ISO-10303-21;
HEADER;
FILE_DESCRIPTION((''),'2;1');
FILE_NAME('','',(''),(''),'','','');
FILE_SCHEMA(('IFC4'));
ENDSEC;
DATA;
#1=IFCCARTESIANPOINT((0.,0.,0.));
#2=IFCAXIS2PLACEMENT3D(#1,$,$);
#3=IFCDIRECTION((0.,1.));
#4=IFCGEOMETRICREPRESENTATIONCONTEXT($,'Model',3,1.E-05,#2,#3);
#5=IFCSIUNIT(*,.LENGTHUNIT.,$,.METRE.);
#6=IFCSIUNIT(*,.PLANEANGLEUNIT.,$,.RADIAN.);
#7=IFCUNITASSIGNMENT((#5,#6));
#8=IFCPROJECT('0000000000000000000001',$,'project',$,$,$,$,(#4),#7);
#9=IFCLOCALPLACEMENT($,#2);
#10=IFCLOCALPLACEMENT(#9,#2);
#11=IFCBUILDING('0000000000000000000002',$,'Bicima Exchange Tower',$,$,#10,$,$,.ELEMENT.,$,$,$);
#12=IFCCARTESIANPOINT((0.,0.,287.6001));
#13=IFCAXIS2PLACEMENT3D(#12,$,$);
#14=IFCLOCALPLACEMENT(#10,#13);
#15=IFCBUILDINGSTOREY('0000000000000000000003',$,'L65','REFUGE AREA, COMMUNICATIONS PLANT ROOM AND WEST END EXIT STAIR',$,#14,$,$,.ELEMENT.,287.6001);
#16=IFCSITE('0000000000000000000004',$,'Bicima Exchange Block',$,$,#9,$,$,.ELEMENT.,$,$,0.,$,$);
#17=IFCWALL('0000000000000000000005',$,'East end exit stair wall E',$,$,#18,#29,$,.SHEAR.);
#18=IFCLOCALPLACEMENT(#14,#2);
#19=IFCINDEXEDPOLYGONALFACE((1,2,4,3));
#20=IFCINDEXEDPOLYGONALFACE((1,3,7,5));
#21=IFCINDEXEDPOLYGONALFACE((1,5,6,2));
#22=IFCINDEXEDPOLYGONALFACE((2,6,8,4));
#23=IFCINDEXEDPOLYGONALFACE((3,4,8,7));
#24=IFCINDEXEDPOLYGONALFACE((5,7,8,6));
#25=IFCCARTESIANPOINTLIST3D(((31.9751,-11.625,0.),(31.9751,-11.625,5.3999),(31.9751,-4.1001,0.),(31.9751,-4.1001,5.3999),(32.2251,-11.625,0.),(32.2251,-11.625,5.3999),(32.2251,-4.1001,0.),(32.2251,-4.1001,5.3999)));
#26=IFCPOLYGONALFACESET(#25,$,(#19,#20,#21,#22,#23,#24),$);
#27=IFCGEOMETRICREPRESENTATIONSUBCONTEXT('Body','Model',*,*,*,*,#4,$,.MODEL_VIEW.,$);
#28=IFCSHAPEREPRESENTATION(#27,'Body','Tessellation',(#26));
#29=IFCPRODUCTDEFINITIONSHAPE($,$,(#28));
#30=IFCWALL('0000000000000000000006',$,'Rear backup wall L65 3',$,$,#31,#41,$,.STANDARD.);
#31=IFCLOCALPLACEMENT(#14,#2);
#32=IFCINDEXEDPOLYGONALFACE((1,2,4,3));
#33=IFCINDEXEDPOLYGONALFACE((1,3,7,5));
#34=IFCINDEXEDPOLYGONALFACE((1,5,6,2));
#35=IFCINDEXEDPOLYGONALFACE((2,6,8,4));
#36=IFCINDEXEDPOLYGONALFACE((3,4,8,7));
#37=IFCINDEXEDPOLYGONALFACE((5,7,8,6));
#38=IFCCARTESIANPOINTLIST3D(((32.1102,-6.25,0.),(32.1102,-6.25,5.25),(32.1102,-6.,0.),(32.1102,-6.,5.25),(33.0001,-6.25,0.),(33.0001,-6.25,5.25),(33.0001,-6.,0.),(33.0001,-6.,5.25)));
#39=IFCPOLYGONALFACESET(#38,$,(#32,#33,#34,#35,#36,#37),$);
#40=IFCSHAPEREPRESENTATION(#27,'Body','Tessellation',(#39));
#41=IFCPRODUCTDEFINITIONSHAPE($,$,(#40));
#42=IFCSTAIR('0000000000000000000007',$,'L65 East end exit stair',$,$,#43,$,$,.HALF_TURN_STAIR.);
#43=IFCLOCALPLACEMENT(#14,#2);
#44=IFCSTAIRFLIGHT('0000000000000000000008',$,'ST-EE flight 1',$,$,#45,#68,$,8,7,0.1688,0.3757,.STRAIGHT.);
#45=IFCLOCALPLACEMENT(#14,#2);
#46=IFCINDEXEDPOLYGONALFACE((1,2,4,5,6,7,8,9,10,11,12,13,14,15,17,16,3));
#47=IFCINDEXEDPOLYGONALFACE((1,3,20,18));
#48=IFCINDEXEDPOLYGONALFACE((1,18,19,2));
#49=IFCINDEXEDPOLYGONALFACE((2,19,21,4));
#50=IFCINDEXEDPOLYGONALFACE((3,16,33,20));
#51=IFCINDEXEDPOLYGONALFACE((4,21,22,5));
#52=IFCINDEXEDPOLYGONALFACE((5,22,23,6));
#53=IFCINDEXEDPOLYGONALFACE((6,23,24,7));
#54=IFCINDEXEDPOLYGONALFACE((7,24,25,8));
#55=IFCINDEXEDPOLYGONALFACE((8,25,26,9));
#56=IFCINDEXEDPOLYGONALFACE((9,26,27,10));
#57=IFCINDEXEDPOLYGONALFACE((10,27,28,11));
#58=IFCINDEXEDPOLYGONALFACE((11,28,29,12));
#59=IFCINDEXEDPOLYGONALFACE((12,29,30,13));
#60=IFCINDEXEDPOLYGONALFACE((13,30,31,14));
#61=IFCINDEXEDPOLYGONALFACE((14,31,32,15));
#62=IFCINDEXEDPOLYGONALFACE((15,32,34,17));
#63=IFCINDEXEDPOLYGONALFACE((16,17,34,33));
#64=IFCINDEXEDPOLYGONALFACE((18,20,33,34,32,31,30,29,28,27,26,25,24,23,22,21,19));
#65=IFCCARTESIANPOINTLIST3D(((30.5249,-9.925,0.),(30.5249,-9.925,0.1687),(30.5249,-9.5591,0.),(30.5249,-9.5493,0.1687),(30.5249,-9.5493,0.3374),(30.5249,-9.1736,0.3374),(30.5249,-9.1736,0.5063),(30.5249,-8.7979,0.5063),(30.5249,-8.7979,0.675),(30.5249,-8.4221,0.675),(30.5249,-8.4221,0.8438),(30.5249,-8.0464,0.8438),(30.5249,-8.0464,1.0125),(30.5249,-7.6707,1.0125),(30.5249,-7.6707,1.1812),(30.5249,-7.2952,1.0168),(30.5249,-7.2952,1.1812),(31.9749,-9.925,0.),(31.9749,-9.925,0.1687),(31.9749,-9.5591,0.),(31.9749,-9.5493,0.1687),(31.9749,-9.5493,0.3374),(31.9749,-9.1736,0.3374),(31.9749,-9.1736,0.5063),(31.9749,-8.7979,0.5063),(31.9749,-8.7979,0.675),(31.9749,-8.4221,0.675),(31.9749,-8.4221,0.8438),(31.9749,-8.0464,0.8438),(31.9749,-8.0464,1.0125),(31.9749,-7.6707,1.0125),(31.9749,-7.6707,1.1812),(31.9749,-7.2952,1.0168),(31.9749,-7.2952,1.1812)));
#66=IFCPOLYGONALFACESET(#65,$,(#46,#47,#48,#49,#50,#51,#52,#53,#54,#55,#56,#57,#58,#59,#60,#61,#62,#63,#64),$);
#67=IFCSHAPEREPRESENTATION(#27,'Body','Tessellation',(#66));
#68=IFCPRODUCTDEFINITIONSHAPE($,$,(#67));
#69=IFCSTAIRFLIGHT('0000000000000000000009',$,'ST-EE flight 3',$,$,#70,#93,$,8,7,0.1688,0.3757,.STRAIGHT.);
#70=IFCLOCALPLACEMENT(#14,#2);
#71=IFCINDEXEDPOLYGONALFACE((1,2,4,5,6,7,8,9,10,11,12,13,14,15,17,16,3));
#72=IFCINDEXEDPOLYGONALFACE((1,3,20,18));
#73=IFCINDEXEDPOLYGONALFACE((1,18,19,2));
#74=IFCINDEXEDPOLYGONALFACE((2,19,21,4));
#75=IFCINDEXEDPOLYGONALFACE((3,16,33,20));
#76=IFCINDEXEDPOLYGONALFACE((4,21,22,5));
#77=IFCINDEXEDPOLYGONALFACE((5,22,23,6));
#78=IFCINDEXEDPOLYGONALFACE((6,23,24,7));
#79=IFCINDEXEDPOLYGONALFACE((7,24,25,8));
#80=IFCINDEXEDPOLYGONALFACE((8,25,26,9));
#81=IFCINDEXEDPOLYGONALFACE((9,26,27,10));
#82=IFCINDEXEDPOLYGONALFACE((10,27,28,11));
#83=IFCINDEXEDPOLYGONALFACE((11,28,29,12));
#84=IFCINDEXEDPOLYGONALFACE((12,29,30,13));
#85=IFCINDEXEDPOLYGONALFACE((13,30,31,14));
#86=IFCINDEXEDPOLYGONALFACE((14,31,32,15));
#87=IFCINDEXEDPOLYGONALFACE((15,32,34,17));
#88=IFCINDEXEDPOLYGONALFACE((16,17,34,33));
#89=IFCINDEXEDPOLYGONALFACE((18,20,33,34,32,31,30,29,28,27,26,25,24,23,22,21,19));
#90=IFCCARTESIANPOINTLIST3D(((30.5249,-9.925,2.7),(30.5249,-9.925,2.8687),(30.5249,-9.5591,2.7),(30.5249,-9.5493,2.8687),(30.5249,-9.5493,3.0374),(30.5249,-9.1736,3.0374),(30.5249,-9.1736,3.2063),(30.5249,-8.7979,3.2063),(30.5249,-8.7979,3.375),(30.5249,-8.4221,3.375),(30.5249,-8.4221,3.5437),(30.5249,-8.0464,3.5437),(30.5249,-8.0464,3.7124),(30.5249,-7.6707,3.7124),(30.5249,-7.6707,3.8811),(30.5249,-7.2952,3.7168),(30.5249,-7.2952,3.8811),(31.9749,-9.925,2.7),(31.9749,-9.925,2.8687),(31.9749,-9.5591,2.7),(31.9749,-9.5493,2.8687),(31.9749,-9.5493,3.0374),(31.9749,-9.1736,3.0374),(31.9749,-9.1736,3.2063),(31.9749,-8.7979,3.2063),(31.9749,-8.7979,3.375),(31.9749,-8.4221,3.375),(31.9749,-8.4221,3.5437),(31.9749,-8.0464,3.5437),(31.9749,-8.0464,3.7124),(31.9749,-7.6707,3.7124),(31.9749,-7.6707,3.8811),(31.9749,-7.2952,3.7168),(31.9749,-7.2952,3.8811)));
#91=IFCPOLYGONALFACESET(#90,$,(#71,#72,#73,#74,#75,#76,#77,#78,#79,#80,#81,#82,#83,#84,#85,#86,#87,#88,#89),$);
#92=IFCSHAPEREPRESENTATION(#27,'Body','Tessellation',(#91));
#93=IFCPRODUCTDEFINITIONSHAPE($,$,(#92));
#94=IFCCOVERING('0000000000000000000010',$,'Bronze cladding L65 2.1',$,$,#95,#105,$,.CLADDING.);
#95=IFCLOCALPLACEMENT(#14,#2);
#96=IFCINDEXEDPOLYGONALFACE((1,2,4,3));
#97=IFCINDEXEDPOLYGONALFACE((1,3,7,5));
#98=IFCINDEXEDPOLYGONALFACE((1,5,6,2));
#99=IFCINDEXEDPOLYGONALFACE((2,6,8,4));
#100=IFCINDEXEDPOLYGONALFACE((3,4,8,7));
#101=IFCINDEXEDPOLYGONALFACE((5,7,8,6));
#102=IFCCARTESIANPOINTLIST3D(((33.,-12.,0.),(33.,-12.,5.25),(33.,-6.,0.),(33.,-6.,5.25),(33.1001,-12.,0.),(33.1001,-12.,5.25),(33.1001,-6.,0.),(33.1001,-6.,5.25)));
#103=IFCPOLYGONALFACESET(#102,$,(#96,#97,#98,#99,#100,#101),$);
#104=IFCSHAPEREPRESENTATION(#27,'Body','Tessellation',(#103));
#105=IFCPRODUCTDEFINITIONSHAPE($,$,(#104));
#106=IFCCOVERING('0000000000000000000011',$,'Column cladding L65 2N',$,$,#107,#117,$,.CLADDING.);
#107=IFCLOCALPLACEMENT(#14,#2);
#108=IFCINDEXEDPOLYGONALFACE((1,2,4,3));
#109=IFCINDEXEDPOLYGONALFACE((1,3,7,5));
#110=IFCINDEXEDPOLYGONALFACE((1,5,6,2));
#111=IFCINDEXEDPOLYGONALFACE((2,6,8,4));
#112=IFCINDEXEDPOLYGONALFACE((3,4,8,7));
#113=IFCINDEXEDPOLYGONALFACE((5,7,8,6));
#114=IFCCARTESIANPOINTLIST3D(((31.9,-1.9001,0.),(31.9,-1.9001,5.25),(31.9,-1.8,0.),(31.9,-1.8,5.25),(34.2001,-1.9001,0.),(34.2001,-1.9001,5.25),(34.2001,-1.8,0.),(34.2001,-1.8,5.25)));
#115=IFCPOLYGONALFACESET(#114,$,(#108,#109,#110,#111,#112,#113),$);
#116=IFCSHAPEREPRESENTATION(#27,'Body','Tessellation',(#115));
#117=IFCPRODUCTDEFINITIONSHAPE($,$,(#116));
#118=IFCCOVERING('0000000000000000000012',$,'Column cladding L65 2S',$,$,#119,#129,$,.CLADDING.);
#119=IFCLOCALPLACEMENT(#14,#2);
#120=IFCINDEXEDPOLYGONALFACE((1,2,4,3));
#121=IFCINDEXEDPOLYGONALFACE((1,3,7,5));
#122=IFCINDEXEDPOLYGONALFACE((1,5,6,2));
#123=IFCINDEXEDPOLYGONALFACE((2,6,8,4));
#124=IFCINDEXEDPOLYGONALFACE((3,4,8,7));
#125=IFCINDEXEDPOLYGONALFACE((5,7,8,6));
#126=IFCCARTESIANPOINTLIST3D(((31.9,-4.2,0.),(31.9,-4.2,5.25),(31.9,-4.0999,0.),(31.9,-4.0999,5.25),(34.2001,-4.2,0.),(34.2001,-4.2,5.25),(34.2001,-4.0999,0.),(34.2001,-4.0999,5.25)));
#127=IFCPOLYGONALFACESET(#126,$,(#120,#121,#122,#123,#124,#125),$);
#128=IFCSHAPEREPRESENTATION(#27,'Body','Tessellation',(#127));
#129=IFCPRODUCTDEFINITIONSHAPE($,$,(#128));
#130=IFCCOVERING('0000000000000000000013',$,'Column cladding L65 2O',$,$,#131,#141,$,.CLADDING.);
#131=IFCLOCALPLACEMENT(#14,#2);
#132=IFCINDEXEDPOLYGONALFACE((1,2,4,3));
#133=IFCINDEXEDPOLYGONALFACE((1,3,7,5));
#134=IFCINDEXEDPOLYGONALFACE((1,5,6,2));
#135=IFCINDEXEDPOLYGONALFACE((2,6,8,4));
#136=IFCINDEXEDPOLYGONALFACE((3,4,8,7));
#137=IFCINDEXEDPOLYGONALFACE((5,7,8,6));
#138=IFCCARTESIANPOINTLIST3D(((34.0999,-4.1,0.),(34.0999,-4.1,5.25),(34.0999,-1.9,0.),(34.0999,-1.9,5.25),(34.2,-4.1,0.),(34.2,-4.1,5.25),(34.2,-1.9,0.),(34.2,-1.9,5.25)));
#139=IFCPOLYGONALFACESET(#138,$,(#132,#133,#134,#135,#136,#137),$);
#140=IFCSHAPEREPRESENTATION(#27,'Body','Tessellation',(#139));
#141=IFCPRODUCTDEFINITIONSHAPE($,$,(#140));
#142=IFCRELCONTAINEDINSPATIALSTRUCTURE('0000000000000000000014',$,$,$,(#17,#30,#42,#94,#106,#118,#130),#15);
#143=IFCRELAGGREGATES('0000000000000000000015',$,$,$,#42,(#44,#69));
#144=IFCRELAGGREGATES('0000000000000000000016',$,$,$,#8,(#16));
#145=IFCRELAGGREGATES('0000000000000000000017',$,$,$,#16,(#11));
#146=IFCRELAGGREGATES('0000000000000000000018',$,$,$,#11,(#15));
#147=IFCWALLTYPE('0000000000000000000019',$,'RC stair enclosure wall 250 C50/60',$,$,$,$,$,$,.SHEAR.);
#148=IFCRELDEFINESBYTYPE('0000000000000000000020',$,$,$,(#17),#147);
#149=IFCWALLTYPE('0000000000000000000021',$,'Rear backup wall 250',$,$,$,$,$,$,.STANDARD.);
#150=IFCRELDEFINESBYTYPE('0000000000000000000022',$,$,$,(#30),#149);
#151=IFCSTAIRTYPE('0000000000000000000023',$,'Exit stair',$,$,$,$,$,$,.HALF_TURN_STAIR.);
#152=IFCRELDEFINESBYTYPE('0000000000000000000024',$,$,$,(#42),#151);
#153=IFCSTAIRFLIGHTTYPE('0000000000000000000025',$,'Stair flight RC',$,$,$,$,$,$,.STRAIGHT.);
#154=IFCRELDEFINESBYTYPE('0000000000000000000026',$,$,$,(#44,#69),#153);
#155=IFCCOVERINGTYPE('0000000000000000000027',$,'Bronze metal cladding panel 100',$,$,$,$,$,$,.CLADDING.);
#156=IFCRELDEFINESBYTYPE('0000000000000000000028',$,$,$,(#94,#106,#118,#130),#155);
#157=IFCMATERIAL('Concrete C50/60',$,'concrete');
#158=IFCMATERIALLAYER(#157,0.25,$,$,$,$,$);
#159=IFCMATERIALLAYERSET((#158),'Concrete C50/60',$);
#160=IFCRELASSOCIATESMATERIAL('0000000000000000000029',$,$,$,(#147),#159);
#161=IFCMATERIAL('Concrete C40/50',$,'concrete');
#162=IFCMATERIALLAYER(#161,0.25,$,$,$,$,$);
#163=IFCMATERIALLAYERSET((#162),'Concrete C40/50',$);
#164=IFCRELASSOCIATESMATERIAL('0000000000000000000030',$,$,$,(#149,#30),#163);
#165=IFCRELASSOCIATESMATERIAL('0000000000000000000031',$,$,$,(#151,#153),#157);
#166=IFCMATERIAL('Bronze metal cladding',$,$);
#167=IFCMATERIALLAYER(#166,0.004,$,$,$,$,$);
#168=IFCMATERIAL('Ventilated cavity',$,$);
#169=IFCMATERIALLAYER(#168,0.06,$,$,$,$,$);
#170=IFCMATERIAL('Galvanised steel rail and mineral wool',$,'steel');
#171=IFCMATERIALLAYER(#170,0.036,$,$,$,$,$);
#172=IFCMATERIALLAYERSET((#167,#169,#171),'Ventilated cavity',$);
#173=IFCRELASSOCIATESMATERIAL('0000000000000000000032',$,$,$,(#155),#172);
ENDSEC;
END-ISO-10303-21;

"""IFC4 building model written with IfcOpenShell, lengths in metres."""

from ifc_helpers import new_model, si_unit, direction, frame, frame_2d, origin, origin_2d, place, context, subcontext, project, spatial, polyline, rectangle, outline, extrude, material, layer, layer_set, layer_usage, type_object, element, aggregate, save


model = new_model("IFC4")

# Units and contexts
model_context = context("Model", 3, precision=1e-05, world=origin(), true_north=direction((0.0, 1.0)))
body_context = subcontext(model_context, "Body", "Model", "MODEL_VIEW")
ifc_project = project(units=[si_unit("LENGTHUNIT", "METRE"), si_unit("PLANEANGLEUNIT", "RADIAN")], contexts=[model_context])

# Site, building, storey
site_placement = place(None, origin())
site = spatial("IfcSite", under=ifc_project, at=site_placement, Name="Bicima Exchange Block", CompositionType="ELEMENT", RefElevation=0.0)
building_placement = place(site_placement, origin())
building = spatial("IfcBuilding", under=site, at=building_placement, Name="Bicima Exchange Tower", CompositionType="ELEMENT")
storey_placement = place(building_placement, frame((0.0, 0.0, 287.6001)))
storey = spatial("IfcBuildingStorey", under=building, at=storey_placement, Name="L65", Description="REFUGE AREA, COMMUNICATIONS PLANT ROOM AND WEST END EXIT STAIR", CompositionType="ELEMENT", Elevation=287.6001)

# Walls
ifc_material_1 = material(Name="Concrete C50/60", Category="concrete")
ifc_layer_1 = layer(ifc_material_1, 0.25)
ifc_layer_set_1 = layer_set([ifc_layer_1], Name="Concrete C50/60")
wall_type_1 = type_object("IfcWallType", Name="RC stair enclosure wall 250 C50/60", PredefinedType="SHEAR", material=ifc_layer_set_1)
wall_1_placement = place(storey_placement, frame((32.1001, -11.625, 0.0), z_axis=(0.0, 0.0, 1.0), x_axis=(0.0, 1.0, 0.0)))
element("IfcWall", 1, at=wall_1_placement, inside=storey, type_object=wall_type_1, Name="East end exit stair wall E", PredefinedType="SHEAR", context=body_context, shape_type="SweptSolid", body=[
    extrude(rectangle(XDim=7.5249, YDim=0.25, at=frame_2d((3.7625, 0.0))), origin(), (0.0, 0.0, 1.0), 5.3999),
])
ifc_material_2 = material(Name="Concrete C40/50", Category="concrete")
ifc_layer_2 = layer(ifc_material_2, 0.25)
ifc_layer_set_2 = layer_set([ifc_layer_2], Name="Concrete C40/50")
ifc_layer_usage = layer_usage(ifc_layer_set_2, "AXIS2", "POSITIVE", -0.125)
wall_type_2 = type_object("IfcWallType", Name="Rear backup wall 250", PredefinedType="STANDARD", material=ifc_layer_set_2)
wall_2_placement = place(storey_placement, frame((33.0, -6.125, 0.0), z_axis=(0.0, 0.0, 1.0), x_axis=(-1.0, 0.0, 0.0)))
element("IfcWall", 2, at=wall_2_placement, inside=storey, type_object=wall_type_2, material=ifc_layer_usage, Name="Rear backup wall L65 3", PredefinedType="STANDARD", context=body_context, shape_type="SweptSolid", body=[
    extrude(rectangle(XDim=0.8899, YDim=0.25, at=frame_2d((0.4448, 0.0))), origin(), (0.0, 0.0, 1.0), 5.25),
])

# Stair, stair flights
stair_type = type_object("IfcStairType", Name="Exit stair", PredefinedType="HALF_TURN_STAIR", material=ifc_material_1)
stair_placement = place(storey_placement, origin())
stair = element("IfcStair", 3, at=stair_placement, inside=storey, type_object=stair_type, Name="L65 East end exit stair", PredefinedType="HALF_TURN_STAIR")
stair_flight_type = type_object("IfcStairFlightType", Name="Stair flight RC", PredefinedType="STRAIGHT", material=ifc_material_1)
stair_flight_1_placement = place(storey_placement, frame((31.25, -9.925, 0.0), z_axis=(0.0, 0.0, 1.0), x_axis=(0.0, 1.0, 0.0)))
stair_flight_1 = element("IfcStairFlight", 4, at=stair_flight_1_placement, type_object=stair_flight_type, Name="ST-EE flight 1", NumberOfRisers=8, NumberOfTreads=7, PredefinedType="STRAIGHT", RiserHeight=0.1688, TreadLength=0.3757, context=body_context, shape_type="SweptSolid", body=[
    extrude(outline(polyline([(0.0, 0.0), (0.0, 0.1687), (0.3757, 0.1687), (0.3757, 0.3374), (0.7515, 0.3374), (0.7515, 0.5063), (1.1272, 0.5063), (1.1272, 0.675), (1.5029, 0.675), (1.5029, 0.8438), (1.8787, 0.8438), (1.8787, 1.0125), (2.2544, 1.0125), (2.2544, 1.1812), (2.6299, 1.1812), (2.6299, 1.3501), (2.6299, 1.0168), (0.366, 0.0), (0.0, 0.0)])), frame((0.0, 0.7251, 0.0), z_axis=(0.0, -1.0, 0.0), x_axis=(1.0, 0.0, 0.0)), (0.0, 0.0, 1.0), 1.45),
])
stair_flight_2_placement = place(storey_placement, frame((31.25, -9.925, 2.7), z_axis=(0.0, 0.0, 1.0), x_axis=(0.0, 1.0, 0.0)))
stair_flight_2 = element("IfcStairFlight", 5, at=stair_flight_2_placement, type_object=stair_flight_type, Name="ST-EE flight 3", NumberOfRisers=8, NumberOfTreads=7, PredefinedType="STRAIGHT", RiserHeight=0.1688, TreadLength=0.3757, context=body_context, shape_type="SweptSolid", body=[
    extrude(outline(polyline([(0.0, 0.0), (0.0, 0.1687), (0.3757, 0.1687), (0.3757, 0.3374), (0.7515, 0.3374), (0.7515, 0.5063), (1.1272, 0.5063), (1.1272, 0.675), (1.5029, 0.675), (1.5029, 0.8438), (1.8787, 0.8438), (1.8787, 1.0125), (2.2544, 1.0125), (2.2544, 1.1812), (2.6299, 1.1812), (2.6299, 1.3501), (2.6299, 1.0168), (0.366, 0.0), (0.0, 0.0)])), frame((0.0, 0.7251, 0.0), z_axis=(0.0, -1.0, 0.0), x_axis=(1.0, 0.0, 0.0)), (0.0, 0.0, 1.0), 1.45),
])
aggregate(stair, [stair_flight_1, stair_flight_2])

# Coverings
ifc_material_3 = material(Name="Bronze metal cladding")
ifc_layer_3 = layer(ifc_material_3, 0.004)
ifc_material_4 = material(Name="Ventilated cavity")
ifc_layer_4 = layer(ifc_material_4, 0.06)
ifc_material_5 = material(Name="Galvanised steel rail and mineral wool", Category="steel")
ifc_layer_5 = layer(ifc_material_5, 0.036)
ifc_layer_set_3 = layer_set([ifc_layer_3, ifc_layer_4, ifc_layer_5], Name="Ventilated cavity")
covering_type = type_object("IfcCoveringType", Name="Bronze metal cladding panel 100", PredefinedType="CLADDING", material=ifc_layer_set_3)
covering_1_placement = place(storey_placement, frame((33.05, -9.0, 0.0), z_axis=(0.0, 0.0, 1.0), x_axis=(0.0, 1.0, 0.0)))
element("IfcCovering", 6, at=covering_1_placement, inside=storey, type_object=covering_type, Name="Bronze cladding L65 2.1", PredefinedType="CLADDING", context=body_context, shape_type="SweptSolid", body=[
    extrude(rectangle(XDim=6.0, YDim=0.1001, at=origin_2d()), origin(), (0.0, 0.0, 1.0), 5.25),
])
for number, where, z_axis, x_axis, name in (
    (7, (33.05, -1.8501, 0.0), (0.0, 0.0, 1.0), (1.0, 0.0, 0.0), "Column cladding L65 2N"),
    (8, (33.05, -4.1499, 0.0), (0.0, 0.0, 1.0), (1.0, 0.0, 0.0), "Column cladding L65 2S"),
):
    element("IfcCovering", number, at=place(storey_placement, frame(where, z_axis=z_axis, x_axis=x_axis)), inside=storey, type_object=covering_type, Name=name, PredefinedType="CLADDING", context=body_context, shape_type="SweptSolid", body=[
        extrude(rectangle(XDim=2.3, YDim=0.1001, at=origin_2d()), origin(), (0.0, 0.0, 1.0), 5.25),
    ])
covering_2_placement = place(storey_placement, frame((34.1499, -3.0, 0.0), z_axis=(0.0, 0.0, 1.0), x_axis=(1.0, 0.0, 0.0)))
element("IfcCovering", 9, at=covering_2_placement, inside=storey, type_object=covering_type, Name="Column cladding L65 2O", PredefinedType="CLADDING", context=body_context, shape_type="SweptSolid", body=[
    extrude(rectangle(XDim=0.1001, YDim=2.2, at=origin_2d()), origin(), (0.0, 0.0, 1.0), 5.25),
])

save(model, "model.ifc")
